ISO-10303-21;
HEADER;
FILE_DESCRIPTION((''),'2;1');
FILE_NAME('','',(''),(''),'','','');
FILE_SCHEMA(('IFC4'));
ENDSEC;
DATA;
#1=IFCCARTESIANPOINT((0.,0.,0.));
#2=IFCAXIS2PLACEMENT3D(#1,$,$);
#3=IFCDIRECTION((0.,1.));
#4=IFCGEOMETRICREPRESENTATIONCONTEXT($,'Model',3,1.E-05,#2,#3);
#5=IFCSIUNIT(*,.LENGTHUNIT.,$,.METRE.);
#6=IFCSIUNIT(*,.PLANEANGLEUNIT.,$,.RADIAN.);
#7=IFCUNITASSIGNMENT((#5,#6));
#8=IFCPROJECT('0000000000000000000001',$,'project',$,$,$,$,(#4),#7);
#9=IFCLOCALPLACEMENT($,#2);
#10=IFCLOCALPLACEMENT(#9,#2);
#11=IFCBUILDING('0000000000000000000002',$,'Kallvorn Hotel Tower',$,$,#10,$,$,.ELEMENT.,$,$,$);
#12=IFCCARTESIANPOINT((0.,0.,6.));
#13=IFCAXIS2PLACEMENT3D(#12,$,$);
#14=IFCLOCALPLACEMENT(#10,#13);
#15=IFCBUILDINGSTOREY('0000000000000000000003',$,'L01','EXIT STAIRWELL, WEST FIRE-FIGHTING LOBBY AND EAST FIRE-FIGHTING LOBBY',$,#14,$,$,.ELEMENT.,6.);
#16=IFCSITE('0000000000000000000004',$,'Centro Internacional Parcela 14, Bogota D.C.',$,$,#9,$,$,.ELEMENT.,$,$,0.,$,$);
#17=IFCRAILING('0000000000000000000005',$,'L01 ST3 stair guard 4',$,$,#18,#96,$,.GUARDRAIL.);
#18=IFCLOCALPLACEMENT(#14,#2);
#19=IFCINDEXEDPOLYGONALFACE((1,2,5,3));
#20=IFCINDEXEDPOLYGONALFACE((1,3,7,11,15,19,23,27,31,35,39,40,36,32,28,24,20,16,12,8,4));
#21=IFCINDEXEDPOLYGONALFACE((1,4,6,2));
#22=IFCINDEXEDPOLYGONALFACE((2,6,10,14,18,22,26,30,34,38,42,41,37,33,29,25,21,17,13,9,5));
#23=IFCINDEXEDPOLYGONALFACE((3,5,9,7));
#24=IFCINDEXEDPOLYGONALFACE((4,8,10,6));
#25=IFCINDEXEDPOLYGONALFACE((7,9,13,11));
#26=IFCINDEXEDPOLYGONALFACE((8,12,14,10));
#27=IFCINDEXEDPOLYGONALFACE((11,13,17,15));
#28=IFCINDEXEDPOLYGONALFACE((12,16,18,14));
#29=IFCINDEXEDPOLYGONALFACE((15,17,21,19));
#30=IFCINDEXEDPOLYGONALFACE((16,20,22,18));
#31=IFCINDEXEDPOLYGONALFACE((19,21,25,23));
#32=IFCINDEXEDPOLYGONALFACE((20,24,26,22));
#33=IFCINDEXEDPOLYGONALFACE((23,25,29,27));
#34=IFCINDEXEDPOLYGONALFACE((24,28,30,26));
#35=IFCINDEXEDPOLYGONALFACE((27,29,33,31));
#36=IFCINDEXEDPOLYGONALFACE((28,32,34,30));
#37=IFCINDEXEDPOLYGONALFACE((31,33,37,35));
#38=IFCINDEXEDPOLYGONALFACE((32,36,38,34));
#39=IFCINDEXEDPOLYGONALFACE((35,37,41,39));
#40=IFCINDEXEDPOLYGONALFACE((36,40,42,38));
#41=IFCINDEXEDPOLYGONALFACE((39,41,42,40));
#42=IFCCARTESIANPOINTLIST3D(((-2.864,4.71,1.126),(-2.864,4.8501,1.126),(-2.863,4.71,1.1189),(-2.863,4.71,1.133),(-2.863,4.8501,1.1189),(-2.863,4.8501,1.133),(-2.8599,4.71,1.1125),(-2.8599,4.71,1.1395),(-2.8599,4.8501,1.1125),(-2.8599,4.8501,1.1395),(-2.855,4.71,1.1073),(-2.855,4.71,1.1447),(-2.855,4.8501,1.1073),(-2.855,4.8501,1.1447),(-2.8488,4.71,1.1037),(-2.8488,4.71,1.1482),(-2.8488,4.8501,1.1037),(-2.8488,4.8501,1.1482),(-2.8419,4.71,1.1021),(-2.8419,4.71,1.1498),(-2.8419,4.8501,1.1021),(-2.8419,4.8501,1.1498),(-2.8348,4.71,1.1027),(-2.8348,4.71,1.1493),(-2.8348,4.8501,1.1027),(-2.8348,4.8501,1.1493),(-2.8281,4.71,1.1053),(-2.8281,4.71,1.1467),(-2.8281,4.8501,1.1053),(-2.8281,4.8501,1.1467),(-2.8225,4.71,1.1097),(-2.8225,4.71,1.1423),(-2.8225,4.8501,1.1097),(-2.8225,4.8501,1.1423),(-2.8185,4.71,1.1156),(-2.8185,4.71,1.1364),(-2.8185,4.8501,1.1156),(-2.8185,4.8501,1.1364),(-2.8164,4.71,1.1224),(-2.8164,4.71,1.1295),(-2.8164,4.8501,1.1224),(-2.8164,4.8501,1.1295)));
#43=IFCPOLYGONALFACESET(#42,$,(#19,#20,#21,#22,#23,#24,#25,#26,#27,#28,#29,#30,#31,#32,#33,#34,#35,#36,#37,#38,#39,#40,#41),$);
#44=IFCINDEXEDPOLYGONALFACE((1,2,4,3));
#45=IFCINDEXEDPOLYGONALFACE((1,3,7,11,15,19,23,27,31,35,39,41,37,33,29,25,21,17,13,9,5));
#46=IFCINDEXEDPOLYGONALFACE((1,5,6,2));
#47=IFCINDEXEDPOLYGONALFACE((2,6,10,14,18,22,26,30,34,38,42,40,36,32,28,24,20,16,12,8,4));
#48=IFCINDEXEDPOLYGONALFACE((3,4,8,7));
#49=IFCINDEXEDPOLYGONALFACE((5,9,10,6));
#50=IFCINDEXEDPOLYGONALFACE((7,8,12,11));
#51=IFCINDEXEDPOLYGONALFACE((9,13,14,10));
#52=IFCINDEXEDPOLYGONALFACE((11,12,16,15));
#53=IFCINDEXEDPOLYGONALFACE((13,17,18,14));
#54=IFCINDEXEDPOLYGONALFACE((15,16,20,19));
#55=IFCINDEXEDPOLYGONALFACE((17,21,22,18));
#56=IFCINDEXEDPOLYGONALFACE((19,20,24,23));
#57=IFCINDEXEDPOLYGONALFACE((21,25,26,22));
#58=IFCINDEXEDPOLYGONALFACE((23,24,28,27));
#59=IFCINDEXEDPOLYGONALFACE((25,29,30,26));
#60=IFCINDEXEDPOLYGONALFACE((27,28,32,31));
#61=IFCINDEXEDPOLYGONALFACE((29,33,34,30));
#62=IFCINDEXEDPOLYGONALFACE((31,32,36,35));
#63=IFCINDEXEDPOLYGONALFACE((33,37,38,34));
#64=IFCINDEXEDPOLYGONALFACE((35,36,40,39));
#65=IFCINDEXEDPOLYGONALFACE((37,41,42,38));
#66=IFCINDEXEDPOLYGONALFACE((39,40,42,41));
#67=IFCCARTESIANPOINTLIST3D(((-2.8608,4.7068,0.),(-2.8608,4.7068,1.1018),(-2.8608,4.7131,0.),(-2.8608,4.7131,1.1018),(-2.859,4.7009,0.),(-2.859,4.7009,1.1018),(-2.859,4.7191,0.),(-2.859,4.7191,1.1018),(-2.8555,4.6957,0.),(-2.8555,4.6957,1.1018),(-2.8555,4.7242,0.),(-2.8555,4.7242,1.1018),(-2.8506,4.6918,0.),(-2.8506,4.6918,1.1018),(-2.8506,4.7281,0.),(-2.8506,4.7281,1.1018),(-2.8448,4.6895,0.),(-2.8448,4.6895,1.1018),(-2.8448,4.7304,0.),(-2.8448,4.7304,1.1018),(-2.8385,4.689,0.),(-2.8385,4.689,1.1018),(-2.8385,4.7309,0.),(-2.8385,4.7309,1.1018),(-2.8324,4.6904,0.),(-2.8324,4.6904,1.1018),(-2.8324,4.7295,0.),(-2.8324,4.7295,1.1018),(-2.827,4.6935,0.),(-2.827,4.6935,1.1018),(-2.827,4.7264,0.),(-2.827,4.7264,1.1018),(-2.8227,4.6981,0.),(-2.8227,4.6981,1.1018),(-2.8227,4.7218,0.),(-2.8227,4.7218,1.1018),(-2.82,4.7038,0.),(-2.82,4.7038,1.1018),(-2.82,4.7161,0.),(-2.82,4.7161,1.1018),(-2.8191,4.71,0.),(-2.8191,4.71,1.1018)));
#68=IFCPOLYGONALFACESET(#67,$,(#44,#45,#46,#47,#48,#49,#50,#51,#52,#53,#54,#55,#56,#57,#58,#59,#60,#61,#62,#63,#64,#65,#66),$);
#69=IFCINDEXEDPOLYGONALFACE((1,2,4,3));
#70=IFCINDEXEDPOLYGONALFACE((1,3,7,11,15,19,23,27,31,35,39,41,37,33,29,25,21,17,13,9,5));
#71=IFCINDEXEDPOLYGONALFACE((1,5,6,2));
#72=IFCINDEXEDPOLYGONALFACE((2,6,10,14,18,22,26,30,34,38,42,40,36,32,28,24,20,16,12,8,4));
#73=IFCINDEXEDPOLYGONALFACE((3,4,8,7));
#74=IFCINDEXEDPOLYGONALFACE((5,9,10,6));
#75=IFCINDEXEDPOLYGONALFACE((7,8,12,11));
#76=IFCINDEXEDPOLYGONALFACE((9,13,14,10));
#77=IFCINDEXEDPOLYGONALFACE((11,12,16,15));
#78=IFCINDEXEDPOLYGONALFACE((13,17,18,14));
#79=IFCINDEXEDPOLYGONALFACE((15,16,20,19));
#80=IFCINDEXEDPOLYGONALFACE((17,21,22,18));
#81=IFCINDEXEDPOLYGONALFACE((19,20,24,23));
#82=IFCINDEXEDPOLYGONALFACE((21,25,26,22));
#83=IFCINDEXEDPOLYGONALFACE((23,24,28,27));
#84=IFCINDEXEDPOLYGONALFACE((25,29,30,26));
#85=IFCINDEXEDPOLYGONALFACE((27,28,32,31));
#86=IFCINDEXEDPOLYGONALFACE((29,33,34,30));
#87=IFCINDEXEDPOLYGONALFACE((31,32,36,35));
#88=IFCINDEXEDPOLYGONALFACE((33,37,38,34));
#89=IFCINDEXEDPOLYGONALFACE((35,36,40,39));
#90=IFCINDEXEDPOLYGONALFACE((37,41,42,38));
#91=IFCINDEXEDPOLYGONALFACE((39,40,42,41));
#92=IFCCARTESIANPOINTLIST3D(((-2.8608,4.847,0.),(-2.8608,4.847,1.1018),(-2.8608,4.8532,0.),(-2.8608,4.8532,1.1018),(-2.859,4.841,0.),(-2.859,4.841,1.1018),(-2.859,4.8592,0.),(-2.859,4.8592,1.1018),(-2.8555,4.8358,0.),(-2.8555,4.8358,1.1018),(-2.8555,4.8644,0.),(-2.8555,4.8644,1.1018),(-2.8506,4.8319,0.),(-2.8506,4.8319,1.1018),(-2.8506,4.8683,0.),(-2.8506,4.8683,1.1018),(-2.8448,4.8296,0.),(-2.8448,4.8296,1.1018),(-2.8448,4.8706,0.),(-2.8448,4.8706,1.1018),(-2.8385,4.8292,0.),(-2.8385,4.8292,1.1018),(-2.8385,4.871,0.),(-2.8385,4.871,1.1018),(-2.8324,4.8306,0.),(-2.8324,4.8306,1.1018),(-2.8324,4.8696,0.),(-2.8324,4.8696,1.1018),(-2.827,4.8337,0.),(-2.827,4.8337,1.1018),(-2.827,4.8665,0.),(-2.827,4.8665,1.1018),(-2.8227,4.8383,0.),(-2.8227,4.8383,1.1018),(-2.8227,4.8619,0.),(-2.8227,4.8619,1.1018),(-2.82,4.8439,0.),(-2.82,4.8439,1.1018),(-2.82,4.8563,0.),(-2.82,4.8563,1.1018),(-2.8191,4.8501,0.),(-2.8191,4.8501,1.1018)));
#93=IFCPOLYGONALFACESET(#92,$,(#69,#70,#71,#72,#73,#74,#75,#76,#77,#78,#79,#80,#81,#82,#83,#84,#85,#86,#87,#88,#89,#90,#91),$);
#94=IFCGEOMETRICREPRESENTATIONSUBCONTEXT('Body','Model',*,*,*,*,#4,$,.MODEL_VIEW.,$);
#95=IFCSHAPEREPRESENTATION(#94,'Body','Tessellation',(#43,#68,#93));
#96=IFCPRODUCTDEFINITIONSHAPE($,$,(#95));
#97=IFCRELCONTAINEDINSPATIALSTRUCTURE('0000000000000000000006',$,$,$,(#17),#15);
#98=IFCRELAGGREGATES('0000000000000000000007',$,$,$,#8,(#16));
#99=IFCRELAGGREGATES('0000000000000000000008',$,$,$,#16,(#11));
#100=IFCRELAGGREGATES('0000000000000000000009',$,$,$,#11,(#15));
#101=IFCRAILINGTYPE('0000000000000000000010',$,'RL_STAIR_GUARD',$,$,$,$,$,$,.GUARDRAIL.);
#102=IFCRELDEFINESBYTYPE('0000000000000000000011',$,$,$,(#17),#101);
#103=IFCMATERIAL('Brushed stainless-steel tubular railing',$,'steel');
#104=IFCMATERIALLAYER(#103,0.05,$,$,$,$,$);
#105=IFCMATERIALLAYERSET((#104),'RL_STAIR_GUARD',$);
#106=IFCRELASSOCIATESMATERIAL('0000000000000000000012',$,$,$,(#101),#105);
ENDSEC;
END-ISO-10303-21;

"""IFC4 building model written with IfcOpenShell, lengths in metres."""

from ifc_helpers import new_model, si_unit, direction, frame, origin, origin_2d, place, context, subcontext, project, spatial, circle, extrude, material, layer, layer_set, type_object, element, save


model = new_model("IFC4")

# Units and contexts
model_context = context("Model", 3, precision=1e-05, world=origin(), true_north=direction((0.0, 1.0)))
body_context = subcontext(model_context, "Body", "Model", "MODEL_VIEW")
ifc_project = project(units=[si_unit("LENGTHUNIT", "METRE"), si_unit("PLANEANGLEUNIT", "RADIAN")], contexts=[model_context])

# Site, building, storey
site_placement = place(None, origin())
site = spatial("IfcSite", under=ifc_project, at=site_placement, Name="Centro Internacional Parcela 14, Bogota D.C.", CompositionType="ELEMENT", RefElevation=0.0)
building_placement = place(site_placement, origin())
building = spatial("IfcBuilding", under=site, at=building_placement, Name="Kallvorn Hotel Tower", CompositionType="ELEMENT")
storey_placement = place(building_placement, frame((0.0, 0.0, 6.0)))
storey = spatial("IfcBuildingStorey", under=building, at=storey_placement, Name="L01", Description="EXIT STAIRWELL, WEST FIRE-FIGHTING LOBBY AND EAST FIRE-FIGHTING LOBBY", CompositionType="ELEMENT", Elevation=6.0)

# Railing
ifc_material_1 = material(Name="Brushed stainless-steel tubular railing", Category="steel")
ifc_layer_1 = layer(ifc_material_1, 0.05)
ifc_layer_set_1 = layer_set([ifc_layer_1], Name="RL_STAIR_GUARD")
railing_type_1 = type_object("IfcRailingType", Name="RL_STAIR_GUARD", PredefinedType="GUARDRAIL", material=ifc_layer_set_1)
railing_1_placement = place(storey_placement, frame((-2.8401, 4.71, 0.0)))
element("IfcRailing", 1, at=railing_1_placement, inside=storey, type_object=railing_type_1, Name="L01 ST3 stair guard 4", PredefinedType="GUARDRAIL", context=body_context, shape_type="SweptSolid", body=[
    extrude(circle(Radius=0.0239, at=origin_2d()), frame((0.0, 0.0, 1.126), z_axis=(0.0, 1.0, 0.0), x_axis=(-1.0, 0.0, 0.0)), (0.0, 0.0, 1.0), 0.1401),
    extrude(circle(Radius=0.021, at=origin_2d()), origin(), (0.0, 0.0, 1.0), 1.1018),
    extrude(circle(Radius=0.021, at=origin_2d()), frame((0.0, 0.1401, 0.0)), (0.0, 0.0, 1.0), 1.1018),
])

save(model, "model.ifc")
